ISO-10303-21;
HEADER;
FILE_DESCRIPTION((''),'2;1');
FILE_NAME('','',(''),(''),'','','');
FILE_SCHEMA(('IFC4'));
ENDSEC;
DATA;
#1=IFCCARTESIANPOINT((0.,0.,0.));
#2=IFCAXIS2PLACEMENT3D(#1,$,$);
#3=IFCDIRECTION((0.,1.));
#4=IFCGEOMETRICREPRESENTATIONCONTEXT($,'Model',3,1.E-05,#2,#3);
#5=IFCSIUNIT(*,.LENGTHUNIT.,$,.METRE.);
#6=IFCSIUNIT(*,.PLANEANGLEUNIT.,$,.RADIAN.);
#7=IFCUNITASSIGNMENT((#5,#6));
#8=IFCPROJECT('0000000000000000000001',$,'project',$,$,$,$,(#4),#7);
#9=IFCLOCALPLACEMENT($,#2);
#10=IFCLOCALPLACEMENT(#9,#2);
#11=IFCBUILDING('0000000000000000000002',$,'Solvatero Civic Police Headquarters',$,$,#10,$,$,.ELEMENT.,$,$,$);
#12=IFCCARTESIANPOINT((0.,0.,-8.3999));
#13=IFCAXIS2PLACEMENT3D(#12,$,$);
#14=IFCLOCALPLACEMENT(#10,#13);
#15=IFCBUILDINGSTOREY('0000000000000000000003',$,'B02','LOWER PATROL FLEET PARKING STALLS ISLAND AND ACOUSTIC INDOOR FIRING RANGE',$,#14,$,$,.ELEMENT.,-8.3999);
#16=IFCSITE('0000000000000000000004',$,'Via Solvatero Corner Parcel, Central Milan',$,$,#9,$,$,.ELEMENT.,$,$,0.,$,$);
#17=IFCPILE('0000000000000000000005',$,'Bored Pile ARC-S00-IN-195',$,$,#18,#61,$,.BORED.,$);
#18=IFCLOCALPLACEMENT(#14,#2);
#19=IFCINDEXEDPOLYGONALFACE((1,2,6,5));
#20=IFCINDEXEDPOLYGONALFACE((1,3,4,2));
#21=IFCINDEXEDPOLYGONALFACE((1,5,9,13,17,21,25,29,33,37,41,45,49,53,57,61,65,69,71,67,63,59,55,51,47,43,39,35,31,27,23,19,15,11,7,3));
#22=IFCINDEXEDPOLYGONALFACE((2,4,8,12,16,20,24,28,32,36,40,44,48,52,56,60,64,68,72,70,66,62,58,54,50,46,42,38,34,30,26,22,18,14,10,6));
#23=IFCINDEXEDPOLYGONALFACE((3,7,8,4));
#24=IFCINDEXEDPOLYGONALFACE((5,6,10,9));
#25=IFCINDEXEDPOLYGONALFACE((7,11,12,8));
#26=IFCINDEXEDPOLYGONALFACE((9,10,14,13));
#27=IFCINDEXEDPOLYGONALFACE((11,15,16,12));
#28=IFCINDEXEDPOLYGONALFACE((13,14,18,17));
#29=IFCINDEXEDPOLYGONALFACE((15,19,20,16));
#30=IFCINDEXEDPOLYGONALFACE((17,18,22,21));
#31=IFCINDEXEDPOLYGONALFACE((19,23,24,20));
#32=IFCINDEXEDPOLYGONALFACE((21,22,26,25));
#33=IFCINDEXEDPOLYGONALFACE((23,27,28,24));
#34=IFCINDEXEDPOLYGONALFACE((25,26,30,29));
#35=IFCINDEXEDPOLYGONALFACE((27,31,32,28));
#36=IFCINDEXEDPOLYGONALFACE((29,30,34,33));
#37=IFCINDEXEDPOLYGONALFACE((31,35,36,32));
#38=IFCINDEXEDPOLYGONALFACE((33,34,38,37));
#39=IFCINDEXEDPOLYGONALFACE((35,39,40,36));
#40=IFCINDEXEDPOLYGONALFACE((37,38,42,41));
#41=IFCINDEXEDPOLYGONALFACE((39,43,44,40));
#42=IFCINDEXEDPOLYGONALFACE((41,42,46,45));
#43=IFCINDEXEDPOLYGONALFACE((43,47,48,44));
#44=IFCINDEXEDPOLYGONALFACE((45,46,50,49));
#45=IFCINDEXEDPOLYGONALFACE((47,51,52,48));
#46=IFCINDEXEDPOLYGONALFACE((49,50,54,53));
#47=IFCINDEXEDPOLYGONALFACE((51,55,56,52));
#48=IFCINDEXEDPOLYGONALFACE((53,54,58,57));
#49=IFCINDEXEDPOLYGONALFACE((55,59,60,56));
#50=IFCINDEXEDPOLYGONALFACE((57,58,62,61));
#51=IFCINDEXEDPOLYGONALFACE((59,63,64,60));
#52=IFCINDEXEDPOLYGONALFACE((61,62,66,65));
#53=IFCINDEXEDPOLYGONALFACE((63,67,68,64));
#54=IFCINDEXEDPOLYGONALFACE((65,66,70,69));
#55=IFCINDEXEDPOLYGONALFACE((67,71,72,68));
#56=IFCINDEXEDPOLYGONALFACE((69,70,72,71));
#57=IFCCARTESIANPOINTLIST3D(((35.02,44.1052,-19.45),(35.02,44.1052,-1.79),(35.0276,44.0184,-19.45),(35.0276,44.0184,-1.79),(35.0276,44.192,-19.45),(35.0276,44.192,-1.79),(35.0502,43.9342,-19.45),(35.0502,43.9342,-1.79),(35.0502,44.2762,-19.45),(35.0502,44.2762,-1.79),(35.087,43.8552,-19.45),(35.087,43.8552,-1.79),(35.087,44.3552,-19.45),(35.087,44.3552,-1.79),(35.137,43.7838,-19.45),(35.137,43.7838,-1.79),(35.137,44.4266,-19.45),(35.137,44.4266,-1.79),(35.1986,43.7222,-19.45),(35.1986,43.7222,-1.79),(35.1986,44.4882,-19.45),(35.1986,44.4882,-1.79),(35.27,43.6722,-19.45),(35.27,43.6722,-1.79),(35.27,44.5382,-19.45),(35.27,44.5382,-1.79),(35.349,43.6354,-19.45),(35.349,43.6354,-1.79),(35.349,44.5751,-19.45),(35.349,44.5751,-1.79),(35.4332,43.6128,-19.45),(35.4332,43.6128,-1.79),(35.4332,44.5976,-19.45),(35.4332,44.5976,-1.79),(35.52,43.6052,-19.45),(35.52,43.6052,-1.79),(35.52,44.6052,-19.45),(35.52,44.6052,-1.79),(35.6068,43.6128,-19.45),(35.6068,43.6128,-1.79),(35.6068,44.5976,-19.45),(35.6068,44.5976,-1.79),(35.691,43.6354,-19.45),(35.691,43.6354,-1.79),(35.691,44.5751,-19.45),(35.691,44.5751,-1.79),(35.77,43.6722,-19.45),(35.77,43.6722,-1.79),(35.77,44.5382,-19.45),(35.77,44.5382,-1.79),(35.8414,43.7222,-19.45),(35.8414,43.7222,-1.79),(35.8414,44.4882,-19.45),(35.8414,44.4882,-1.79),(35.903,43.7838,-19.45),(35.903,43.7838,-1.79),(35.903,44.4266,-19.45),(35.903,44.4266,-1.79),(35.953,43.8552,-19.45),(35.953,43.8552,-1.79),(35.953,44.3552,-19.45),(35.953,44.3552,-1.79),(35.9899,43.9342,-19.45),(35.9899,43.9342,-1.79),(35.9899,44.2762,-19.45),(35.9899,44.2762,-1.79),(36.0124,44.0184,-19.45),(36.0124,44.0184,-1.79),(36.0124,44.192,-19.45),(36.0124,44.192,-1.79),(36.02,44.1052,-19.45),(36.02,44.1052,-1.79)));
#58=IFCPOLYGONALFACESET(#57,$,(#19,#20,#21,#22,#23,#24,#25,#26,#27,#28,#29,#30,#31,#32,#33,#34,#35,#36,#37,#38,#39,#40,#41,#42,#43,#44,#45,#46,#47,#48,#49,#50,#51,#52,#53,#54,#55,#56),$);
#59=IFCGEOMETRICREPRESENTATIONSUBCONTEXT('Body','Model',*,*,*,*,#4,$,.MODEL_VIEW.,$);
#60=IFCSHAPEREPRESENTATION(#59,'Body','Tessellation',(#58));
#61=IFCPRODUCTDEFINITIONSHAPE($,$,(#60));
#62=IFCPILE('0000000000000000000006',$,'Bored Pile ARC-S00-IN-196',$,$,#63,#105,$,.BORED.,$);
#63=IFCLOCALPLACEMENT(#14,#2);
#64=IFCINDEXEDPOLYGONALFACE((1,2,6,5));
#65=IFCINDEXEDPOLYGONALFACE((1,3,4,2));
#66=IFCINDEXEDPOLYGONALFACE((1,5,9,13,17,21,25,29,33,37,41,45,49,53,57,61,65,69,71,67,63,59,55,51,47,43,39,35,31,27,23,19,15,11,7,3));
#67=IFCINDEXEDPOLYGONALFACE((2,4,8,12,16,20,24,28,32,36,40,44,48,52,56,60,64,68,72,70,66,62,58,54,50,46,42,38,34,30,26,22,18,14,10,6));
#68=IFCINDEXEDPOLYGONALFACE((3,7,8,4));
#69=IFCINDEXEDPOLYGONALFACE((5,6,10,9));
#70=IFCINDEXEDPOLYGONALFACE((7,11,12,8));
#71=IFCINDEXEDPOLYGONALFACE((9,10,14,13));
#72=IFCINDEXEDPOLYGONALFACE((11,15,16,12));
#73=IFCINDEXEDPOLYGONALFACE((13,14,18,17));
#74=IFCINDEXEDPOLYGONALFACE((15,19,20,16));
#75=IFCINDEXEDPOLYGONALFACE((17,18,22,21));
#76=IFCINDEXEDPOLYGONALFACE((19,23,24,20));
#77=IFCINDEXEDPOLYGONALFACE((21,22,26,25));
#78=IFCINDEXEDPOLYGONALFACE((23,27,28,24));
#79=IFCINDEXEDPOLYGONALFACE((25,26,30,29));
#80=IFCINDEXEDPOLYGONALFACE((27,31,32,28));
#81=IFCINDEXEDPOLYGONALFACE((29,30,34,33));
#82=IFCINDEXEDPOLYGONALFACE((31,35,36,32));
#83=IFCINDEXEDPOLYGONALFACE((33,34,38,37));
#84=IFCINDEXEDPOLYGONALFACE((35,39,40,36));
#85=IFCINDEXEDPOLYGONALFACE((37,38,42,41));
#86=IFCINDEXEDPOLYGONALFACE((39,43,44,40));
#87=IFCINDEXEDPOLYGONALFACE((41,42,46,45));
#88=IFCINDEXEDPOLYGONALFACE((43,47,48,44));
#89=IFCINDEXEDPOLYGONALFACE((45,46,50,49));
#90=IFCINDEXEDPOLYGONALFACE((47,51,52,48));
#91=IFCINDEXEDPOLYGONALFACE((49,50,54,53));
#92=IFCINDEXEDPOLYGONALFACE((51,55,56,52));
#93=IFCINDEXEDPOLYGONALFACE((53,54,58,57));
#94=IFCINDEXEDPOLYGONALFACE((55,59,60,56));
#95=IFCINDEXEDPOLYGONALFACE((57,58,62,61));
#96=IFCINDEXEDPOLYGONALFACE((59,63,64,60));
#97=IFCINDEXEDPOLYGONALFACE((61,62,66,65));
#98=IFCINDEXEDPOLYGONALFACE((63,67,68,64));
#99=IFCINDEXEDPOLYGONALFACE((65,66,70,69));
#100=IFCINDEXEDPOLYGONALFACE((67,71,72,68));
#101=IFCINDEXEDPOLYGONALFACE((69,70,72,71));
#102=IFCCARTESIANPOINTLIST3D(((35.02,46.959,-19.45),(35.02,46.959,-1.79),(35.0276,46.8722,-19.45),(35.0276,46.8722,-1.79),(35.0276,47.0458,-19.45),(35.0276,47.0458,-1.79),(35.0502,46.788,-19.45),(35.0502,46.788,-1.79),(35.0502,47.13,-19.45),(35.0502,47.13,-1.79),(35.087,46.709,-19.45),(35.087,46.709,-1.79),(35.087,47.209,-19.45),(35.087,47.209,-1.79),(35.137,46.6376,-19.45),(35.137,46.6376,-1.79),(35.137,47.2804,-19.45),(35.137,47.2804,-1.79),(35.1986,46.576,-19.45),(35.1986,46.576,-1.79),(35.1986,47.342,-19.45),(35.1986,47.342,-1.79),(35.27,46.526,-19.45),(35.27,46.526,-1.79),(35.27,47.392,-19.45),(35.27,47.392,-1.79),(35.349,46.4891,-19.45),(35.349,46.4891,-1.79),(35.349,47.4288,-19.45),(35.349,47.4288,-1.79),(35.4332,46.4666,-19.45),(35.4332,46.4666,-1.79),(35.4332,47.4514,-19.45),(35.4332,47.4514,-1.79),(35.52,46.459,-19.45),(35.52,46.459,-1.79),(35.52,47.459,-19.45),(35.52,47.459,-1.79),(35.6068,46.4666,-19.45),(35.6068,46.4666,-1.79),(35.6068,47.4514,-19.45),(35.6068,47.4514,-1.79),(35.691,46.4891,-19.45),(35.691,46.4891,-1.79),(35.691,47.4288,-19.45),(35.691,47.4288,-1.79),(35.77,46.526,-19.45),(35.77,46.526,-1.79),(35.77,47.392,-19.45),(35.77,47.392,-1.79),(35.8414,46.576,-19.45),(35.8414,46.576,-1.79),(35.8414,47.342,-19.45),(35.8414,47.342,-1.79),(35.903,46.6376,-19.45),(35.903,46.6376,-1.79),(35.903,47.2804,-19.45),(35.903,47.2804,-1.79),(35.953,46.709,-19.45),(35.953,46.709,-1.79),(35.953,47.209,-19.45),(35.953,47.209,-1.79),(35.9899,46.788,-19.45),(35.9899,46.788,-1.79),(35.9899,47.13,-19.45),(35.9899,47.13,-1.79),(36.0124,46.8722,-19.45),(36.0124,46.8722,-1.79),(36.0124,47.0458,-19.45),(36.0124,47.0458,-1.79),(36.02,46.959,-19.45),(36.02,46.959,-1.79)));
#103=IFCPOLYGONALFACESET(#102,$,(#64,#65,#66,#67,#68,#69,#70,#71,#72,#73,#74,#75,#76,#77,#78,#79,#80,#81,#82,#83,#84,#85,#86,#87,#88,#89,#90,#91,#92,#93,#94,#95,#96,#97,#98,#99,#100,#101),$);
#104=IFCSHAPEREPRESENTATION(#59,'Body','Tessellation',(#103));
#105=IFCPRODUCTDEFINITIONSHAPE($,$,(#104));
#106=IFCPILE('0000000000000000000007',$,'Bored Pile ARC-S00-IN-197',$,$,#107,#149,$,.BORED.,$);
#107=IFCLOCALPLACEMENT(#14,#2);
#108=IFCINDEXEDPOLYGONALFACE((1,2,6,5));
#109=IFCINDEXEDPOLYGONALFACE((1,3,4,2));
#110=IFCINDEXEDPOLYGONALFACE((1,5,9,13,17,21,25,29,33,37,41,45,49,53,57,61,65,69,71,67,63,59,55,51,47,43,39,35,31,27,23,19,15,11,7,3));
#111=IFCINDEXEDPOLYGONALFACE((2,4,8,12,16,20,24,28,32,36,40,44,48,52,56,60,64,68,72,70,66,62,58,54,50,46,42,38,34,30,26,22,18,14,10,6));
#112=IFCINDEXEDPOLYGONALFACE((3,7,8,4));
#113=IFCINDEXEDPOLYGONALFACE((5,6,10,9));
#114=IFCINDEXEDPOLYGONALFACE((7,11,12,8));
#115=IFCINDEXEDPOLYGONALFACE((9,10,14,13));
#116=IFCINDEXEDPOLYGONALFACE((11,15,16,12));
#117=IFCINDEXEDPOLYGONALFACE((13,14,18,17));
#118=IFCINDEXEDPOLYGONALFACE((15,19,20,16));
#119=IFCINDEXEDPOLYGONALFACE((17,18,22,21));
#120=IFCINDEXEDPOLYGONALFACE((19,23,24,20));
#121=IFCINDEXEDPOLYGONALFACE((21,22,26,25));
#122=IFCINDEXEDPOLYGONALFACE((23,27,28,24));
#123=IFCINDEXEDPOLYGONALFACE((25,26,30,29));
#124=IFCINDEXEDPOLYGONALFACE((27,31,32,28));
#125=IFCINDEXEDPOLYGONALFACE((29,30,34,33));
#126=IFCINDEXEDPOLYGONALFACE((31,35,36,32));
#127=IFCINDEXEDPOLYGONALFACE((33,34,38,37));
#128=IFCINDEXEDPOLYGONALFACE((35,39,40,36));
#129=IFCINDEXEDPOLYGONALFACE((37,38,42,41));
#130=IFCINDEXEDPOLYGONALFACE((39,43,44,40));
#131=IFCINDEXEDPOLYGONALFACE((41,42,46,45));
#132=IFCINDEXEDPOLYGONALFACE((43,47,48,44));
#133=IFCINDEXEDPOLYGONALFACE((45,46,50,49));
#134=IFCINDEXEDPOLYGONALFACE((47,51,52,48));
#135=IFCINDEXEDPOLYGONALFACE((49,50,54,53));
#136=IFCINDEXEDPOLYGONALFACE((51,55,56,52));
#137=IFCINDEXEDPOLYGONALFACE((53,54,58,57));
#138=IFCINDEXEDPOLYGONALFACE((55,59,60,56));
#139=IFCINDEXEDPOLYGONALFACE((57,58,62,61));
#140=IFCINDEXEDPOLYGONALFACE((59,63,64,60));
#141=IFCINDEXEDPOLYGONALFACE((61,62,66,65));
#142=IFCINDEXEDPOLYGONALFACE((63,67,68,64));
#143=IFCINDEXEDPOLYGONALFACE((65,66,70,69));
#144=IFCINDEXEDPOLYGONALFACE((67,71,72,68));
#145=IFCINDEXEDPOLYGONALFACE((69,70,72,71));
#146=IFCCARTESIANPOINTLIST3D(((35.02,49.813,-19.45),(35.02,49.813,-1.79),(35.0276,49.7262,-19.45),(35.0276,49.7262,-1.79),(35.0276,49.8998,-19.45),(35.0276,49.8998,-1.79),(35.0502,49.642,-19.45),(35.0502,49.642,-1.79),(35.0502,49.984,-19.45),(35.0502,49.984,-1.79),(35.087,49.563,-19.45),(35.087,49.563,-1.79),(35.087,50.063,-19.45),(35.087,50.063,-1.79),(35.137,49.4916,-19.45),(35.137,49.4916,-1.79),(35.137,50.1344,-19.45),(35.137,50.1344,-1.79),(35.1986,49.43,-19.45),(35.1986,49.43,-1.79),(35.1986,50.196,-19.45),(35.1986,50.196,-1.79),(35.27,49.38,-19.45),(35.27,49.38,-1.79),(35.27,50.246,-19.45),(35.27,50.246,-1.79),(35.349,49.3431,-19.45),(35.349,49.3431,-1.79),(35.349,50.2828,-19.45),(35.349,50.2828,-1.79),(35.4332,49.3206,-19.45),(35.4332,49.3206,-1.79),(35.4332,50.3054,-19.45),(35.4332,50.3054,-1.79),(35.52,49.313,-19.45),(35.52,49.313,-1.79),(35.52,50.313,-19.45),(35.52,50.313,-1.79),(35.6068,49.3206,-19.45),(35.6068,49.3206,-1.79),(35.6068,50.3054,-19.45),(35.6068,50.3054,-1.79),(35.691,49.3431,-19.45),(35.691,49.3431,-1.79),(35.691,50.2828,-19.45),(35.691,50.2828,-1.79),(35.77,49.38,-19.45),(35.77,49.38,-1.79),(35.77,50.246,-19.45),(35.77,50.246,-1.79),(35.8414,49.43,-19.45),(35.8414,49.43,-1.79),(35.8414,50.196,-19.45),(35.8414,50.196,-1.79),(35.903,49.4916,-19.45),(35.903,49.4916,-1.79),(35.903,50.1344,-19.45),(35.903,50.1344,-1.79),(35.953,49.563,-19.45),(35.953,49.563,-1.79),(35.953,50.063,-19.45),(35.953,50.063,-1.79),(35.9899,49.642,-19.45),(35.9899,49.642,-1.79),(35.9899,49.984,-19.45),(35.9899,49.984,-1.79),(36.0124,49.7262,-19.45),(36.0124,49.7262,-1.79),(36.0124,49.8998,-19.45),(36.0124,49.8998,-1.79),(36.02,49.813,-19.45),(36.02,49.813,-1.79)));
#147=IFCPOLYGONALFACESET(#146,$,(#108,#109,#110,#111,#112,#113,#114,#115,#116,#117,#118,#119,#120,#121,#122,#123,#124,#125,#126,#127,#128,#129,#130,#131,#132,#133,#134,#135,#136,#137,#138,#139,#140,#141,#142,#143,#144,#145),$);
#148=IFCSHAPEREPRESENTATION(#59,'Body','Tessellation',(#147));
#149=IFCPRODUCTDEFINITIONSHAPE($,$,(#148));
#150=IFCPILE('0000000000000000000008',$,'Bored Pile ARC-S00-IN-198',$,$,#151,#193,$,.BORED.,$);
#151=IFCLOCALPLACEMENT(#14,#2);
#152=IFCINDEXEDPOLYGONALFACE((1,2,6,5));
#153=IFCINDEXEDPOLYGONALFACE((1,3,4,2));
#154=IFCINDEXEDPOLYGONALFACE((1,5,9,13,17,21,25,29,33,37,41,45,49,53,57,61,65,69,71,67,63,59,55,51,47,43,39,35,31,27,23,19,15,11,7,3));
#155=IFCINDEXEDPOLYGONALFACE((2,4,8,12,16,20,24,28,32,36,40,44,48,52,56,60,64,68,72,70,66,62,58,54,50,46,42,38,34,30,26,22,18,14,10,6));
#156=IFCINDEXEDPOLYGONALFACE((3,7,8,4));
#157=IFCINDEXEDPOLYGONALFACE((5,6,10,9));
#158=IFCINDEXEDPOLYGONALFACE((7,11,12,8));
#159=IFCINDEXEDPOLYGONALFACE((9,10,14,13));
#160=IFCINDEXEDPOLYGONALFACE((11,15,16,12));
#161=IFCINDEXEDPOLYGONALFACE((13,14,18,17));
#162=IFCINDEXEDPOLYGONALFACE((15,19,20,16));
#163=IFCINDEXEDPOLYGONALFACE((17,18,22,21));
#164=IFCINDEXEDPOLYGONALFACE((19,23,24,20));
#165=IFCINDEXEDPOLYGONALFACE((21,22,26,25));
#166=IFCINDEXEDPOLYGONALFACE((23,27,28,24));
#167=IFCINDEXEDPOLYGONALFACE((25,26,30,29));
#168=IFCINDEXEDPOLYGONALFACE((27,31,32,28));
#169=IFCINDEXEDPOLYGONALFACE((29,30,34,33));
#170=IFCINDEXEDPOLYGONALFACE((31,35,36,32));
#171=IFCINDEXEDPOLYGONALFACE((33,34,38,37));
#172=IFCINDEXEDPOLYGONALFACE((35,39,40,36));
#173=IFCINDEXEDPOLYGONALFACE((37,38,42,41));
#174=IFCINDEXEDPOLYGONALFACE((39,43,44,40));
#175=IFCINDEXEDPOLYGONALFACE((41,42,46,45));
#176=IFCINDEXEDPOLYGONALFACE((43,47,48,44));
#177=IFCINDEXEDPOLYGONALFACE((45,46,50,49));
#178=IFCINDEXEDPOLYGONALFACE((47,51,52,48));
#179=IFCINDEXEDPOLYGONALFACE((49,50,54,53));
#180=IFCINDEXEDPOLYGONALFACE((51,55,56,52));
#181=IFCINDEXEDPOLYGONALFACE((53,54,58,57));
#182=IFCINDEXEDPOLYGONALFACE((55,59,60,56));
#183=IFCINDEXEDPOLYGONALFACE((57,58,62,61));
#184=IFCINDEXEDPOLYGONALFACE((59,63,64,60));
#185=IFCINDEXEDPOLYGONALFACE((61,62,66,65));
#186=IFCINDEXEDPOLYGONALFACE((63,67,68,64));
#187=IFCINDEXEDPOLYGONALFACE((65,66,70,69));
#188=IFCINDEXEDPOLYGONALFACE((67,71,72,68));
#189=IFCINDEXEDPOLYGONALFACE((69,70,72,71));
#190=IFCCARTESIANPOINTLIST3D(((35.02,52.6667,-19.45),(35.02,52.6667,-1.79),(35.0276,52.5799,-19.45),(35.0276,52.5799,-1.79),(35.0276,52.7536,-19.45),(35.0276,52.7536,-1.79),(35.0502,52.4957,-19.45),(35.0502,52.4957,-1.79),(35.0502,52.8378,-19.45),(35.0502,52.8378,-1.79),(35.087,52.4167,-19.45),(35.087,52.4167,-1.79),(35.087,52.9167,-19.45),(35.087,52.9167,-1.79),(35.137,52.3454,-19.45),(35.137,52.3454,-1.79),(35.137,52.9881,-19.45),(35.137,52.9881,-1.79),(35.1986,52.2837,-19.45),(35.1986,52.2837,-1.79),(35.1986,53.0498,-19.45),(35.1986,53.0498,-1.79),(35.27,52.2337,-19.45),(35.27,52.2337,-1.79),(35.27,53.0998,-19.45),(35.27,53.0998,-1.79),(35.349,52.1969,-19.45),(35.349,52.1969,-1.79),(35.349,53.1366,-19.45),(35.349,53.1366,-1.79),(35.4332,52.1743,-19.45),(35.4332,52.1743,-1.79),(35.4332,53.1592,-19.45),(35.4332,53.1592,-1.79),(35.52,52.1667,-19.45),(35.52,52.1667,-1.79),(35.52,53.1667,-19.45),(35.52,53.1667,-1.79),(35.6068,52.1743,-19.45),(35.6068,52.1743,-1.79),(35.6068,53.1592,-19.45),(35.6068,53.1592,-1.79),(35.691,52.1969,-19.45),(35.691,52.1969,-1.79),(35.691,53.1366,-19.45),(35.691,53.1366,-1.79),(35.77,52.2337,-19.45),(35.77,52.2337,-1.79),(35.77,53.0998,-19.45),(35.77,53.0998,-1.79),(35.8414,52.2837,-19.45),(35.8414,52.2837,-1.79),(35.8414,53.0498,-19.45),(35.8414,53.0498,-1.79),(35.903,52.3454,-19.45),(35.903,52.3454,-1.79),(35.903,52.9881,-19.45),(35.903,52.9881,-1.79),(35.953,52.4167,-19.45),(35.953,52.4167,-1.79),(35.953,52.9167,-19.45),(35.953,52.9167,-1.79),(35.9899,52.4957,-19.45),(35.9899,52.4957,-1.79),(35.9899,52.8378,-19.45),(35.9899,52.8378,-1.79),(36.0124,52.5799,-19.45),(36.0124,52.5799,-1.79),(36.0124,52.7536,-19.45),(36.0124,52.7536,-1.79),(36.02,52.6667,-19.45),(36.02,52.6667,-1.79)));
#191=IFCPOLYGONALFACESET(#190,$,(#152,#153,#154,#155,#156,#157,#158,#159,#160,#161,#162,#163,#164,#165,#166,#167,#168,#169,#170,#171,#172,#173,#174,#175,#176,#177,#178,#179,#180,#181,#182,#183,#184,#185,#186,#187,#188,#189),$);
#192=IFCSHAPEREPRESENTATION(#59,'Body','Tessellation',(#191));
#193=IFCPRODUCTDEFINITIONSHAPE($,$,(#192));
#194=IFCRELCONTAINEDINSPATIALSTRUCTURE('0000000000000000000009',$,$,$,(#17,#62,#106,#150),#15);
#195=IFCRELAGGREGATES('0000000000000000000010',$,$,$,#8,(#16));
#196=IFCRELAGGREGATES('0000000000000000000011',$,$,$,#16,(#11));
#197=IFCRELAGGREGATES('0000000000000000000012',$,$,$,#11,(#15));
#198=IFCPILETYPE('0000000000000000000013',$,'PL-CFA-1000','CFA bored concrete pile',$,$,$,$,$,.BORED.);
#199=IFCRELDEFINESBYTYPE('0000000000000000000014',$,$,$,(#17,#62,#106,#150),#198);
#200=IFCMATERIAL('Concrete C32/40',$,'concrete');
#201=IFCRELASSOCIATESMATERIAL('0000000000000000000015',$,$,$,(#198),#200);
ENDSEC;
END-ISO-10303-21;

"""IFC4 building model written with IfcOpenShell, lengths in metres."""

from ifc_helpers import new_model, si_unit, direction, frame, origin, origin_2d, place, context, subcontext, project, spatial, circle, extrude, material, material_profile, profile_set, type_object, element, save


model = new_model("IFC4")

# Units and contexts
model_context = context("Model", 3, precision=1e-05, world=origin(), true_north=direction((0.0, 1.0)))
body_context = subcontext(model_context, "Body", "Model", "MODEL_VIEW")
ifc_project = project(units=[si_unit("LENGTHUNIT", "METRE"), si_unit("PLANEANGLEUNIT", "RADIAN")], contexts=[model_context])

# Site, building, storey
site_placement = place(None, origin())
site = spatial("IfcSite", under=ifc_project, at=site_placement, Name="Via Solvatero Corner Parcel, Central Milan", CompositionType="ELEMENT", RefElevation=0.0)
building_placement = place(site_placement, origin())
building = spatial("IfcBuilding", under=site, at=building_placement, Name="Solvatero Civic Police Headquarters", CompositionType="ELEMENT")
storey_placement = place(building_placement, frame((0.0, 0.0, -8.3999)))
storey = spatial("IfcBuildingStorey", under=building, at=storey_placement, Name="B02", Description="LOWER PATROL FLEET PARKING STALLS ISLAND AND ACOUSTIC INDOOR FIRING RANGE", CompositionType="ELEMENT", Elevation=-8.3999)

# Piles
ifc_material_1 = material(Name="Concrete C32/40", Category="concrete")
ifc_material_profile_1 = material_profile(ifc_material_1, circle(Radius=0.5, at=origin_2d()), Name="CFA PILE D1000")
ifc_profile_set_1 = profile_set([ifc_material_profile_1], Name="Concrete C32/40")
pile_type = type_object("IfcPileType", Name="PL-CFA-1000", Description="CFA bored concrete pile", PredefinedType="BORED", material=ifc_profile_set_1)
for number, where, z_axis, x_axis, name in (
    (1, (35.52, 44.1052, -1.79), (0.0, 0.0, -1.0), (1.0, 0.0, 0.0), "Bored Pile ARC-S00-IN-195"),
    (2, (35.52, 46.959, -1.79), (0.0, 0.0, -1.0), (1.0, 0.0, 0.0), "Bored Pile ARC-S00-IN-196"),
    (3, (35.52, 49.813, -1.79), (0.0, 0.0, -1.0), (1.0, 0.0, 0.0), "Bored Pile ARC-S00-IN-197"),
    (4, (35.52, 52.6667, -1.79), (0.0, 0.0, -1.0), (1.0, 0.0, 0.0), "Bored Pile ARC-S00-IN-198"),
):
    element("IfcPile", number, at=place(storey_placement, frame(where, z_axis=z_axis, x_axis=x_axis)), inside=storey, type_object=pile_type, Name=name, PredefinedType="BORED", context=body_context, shape_type="SweptSolid", body=[
        extrude(circle(Radius=0.5, at=origin_2d()), origin(), (0.0, 0.0, 1.0), 17.6599),
    ])

save(model, "model.ifc")
